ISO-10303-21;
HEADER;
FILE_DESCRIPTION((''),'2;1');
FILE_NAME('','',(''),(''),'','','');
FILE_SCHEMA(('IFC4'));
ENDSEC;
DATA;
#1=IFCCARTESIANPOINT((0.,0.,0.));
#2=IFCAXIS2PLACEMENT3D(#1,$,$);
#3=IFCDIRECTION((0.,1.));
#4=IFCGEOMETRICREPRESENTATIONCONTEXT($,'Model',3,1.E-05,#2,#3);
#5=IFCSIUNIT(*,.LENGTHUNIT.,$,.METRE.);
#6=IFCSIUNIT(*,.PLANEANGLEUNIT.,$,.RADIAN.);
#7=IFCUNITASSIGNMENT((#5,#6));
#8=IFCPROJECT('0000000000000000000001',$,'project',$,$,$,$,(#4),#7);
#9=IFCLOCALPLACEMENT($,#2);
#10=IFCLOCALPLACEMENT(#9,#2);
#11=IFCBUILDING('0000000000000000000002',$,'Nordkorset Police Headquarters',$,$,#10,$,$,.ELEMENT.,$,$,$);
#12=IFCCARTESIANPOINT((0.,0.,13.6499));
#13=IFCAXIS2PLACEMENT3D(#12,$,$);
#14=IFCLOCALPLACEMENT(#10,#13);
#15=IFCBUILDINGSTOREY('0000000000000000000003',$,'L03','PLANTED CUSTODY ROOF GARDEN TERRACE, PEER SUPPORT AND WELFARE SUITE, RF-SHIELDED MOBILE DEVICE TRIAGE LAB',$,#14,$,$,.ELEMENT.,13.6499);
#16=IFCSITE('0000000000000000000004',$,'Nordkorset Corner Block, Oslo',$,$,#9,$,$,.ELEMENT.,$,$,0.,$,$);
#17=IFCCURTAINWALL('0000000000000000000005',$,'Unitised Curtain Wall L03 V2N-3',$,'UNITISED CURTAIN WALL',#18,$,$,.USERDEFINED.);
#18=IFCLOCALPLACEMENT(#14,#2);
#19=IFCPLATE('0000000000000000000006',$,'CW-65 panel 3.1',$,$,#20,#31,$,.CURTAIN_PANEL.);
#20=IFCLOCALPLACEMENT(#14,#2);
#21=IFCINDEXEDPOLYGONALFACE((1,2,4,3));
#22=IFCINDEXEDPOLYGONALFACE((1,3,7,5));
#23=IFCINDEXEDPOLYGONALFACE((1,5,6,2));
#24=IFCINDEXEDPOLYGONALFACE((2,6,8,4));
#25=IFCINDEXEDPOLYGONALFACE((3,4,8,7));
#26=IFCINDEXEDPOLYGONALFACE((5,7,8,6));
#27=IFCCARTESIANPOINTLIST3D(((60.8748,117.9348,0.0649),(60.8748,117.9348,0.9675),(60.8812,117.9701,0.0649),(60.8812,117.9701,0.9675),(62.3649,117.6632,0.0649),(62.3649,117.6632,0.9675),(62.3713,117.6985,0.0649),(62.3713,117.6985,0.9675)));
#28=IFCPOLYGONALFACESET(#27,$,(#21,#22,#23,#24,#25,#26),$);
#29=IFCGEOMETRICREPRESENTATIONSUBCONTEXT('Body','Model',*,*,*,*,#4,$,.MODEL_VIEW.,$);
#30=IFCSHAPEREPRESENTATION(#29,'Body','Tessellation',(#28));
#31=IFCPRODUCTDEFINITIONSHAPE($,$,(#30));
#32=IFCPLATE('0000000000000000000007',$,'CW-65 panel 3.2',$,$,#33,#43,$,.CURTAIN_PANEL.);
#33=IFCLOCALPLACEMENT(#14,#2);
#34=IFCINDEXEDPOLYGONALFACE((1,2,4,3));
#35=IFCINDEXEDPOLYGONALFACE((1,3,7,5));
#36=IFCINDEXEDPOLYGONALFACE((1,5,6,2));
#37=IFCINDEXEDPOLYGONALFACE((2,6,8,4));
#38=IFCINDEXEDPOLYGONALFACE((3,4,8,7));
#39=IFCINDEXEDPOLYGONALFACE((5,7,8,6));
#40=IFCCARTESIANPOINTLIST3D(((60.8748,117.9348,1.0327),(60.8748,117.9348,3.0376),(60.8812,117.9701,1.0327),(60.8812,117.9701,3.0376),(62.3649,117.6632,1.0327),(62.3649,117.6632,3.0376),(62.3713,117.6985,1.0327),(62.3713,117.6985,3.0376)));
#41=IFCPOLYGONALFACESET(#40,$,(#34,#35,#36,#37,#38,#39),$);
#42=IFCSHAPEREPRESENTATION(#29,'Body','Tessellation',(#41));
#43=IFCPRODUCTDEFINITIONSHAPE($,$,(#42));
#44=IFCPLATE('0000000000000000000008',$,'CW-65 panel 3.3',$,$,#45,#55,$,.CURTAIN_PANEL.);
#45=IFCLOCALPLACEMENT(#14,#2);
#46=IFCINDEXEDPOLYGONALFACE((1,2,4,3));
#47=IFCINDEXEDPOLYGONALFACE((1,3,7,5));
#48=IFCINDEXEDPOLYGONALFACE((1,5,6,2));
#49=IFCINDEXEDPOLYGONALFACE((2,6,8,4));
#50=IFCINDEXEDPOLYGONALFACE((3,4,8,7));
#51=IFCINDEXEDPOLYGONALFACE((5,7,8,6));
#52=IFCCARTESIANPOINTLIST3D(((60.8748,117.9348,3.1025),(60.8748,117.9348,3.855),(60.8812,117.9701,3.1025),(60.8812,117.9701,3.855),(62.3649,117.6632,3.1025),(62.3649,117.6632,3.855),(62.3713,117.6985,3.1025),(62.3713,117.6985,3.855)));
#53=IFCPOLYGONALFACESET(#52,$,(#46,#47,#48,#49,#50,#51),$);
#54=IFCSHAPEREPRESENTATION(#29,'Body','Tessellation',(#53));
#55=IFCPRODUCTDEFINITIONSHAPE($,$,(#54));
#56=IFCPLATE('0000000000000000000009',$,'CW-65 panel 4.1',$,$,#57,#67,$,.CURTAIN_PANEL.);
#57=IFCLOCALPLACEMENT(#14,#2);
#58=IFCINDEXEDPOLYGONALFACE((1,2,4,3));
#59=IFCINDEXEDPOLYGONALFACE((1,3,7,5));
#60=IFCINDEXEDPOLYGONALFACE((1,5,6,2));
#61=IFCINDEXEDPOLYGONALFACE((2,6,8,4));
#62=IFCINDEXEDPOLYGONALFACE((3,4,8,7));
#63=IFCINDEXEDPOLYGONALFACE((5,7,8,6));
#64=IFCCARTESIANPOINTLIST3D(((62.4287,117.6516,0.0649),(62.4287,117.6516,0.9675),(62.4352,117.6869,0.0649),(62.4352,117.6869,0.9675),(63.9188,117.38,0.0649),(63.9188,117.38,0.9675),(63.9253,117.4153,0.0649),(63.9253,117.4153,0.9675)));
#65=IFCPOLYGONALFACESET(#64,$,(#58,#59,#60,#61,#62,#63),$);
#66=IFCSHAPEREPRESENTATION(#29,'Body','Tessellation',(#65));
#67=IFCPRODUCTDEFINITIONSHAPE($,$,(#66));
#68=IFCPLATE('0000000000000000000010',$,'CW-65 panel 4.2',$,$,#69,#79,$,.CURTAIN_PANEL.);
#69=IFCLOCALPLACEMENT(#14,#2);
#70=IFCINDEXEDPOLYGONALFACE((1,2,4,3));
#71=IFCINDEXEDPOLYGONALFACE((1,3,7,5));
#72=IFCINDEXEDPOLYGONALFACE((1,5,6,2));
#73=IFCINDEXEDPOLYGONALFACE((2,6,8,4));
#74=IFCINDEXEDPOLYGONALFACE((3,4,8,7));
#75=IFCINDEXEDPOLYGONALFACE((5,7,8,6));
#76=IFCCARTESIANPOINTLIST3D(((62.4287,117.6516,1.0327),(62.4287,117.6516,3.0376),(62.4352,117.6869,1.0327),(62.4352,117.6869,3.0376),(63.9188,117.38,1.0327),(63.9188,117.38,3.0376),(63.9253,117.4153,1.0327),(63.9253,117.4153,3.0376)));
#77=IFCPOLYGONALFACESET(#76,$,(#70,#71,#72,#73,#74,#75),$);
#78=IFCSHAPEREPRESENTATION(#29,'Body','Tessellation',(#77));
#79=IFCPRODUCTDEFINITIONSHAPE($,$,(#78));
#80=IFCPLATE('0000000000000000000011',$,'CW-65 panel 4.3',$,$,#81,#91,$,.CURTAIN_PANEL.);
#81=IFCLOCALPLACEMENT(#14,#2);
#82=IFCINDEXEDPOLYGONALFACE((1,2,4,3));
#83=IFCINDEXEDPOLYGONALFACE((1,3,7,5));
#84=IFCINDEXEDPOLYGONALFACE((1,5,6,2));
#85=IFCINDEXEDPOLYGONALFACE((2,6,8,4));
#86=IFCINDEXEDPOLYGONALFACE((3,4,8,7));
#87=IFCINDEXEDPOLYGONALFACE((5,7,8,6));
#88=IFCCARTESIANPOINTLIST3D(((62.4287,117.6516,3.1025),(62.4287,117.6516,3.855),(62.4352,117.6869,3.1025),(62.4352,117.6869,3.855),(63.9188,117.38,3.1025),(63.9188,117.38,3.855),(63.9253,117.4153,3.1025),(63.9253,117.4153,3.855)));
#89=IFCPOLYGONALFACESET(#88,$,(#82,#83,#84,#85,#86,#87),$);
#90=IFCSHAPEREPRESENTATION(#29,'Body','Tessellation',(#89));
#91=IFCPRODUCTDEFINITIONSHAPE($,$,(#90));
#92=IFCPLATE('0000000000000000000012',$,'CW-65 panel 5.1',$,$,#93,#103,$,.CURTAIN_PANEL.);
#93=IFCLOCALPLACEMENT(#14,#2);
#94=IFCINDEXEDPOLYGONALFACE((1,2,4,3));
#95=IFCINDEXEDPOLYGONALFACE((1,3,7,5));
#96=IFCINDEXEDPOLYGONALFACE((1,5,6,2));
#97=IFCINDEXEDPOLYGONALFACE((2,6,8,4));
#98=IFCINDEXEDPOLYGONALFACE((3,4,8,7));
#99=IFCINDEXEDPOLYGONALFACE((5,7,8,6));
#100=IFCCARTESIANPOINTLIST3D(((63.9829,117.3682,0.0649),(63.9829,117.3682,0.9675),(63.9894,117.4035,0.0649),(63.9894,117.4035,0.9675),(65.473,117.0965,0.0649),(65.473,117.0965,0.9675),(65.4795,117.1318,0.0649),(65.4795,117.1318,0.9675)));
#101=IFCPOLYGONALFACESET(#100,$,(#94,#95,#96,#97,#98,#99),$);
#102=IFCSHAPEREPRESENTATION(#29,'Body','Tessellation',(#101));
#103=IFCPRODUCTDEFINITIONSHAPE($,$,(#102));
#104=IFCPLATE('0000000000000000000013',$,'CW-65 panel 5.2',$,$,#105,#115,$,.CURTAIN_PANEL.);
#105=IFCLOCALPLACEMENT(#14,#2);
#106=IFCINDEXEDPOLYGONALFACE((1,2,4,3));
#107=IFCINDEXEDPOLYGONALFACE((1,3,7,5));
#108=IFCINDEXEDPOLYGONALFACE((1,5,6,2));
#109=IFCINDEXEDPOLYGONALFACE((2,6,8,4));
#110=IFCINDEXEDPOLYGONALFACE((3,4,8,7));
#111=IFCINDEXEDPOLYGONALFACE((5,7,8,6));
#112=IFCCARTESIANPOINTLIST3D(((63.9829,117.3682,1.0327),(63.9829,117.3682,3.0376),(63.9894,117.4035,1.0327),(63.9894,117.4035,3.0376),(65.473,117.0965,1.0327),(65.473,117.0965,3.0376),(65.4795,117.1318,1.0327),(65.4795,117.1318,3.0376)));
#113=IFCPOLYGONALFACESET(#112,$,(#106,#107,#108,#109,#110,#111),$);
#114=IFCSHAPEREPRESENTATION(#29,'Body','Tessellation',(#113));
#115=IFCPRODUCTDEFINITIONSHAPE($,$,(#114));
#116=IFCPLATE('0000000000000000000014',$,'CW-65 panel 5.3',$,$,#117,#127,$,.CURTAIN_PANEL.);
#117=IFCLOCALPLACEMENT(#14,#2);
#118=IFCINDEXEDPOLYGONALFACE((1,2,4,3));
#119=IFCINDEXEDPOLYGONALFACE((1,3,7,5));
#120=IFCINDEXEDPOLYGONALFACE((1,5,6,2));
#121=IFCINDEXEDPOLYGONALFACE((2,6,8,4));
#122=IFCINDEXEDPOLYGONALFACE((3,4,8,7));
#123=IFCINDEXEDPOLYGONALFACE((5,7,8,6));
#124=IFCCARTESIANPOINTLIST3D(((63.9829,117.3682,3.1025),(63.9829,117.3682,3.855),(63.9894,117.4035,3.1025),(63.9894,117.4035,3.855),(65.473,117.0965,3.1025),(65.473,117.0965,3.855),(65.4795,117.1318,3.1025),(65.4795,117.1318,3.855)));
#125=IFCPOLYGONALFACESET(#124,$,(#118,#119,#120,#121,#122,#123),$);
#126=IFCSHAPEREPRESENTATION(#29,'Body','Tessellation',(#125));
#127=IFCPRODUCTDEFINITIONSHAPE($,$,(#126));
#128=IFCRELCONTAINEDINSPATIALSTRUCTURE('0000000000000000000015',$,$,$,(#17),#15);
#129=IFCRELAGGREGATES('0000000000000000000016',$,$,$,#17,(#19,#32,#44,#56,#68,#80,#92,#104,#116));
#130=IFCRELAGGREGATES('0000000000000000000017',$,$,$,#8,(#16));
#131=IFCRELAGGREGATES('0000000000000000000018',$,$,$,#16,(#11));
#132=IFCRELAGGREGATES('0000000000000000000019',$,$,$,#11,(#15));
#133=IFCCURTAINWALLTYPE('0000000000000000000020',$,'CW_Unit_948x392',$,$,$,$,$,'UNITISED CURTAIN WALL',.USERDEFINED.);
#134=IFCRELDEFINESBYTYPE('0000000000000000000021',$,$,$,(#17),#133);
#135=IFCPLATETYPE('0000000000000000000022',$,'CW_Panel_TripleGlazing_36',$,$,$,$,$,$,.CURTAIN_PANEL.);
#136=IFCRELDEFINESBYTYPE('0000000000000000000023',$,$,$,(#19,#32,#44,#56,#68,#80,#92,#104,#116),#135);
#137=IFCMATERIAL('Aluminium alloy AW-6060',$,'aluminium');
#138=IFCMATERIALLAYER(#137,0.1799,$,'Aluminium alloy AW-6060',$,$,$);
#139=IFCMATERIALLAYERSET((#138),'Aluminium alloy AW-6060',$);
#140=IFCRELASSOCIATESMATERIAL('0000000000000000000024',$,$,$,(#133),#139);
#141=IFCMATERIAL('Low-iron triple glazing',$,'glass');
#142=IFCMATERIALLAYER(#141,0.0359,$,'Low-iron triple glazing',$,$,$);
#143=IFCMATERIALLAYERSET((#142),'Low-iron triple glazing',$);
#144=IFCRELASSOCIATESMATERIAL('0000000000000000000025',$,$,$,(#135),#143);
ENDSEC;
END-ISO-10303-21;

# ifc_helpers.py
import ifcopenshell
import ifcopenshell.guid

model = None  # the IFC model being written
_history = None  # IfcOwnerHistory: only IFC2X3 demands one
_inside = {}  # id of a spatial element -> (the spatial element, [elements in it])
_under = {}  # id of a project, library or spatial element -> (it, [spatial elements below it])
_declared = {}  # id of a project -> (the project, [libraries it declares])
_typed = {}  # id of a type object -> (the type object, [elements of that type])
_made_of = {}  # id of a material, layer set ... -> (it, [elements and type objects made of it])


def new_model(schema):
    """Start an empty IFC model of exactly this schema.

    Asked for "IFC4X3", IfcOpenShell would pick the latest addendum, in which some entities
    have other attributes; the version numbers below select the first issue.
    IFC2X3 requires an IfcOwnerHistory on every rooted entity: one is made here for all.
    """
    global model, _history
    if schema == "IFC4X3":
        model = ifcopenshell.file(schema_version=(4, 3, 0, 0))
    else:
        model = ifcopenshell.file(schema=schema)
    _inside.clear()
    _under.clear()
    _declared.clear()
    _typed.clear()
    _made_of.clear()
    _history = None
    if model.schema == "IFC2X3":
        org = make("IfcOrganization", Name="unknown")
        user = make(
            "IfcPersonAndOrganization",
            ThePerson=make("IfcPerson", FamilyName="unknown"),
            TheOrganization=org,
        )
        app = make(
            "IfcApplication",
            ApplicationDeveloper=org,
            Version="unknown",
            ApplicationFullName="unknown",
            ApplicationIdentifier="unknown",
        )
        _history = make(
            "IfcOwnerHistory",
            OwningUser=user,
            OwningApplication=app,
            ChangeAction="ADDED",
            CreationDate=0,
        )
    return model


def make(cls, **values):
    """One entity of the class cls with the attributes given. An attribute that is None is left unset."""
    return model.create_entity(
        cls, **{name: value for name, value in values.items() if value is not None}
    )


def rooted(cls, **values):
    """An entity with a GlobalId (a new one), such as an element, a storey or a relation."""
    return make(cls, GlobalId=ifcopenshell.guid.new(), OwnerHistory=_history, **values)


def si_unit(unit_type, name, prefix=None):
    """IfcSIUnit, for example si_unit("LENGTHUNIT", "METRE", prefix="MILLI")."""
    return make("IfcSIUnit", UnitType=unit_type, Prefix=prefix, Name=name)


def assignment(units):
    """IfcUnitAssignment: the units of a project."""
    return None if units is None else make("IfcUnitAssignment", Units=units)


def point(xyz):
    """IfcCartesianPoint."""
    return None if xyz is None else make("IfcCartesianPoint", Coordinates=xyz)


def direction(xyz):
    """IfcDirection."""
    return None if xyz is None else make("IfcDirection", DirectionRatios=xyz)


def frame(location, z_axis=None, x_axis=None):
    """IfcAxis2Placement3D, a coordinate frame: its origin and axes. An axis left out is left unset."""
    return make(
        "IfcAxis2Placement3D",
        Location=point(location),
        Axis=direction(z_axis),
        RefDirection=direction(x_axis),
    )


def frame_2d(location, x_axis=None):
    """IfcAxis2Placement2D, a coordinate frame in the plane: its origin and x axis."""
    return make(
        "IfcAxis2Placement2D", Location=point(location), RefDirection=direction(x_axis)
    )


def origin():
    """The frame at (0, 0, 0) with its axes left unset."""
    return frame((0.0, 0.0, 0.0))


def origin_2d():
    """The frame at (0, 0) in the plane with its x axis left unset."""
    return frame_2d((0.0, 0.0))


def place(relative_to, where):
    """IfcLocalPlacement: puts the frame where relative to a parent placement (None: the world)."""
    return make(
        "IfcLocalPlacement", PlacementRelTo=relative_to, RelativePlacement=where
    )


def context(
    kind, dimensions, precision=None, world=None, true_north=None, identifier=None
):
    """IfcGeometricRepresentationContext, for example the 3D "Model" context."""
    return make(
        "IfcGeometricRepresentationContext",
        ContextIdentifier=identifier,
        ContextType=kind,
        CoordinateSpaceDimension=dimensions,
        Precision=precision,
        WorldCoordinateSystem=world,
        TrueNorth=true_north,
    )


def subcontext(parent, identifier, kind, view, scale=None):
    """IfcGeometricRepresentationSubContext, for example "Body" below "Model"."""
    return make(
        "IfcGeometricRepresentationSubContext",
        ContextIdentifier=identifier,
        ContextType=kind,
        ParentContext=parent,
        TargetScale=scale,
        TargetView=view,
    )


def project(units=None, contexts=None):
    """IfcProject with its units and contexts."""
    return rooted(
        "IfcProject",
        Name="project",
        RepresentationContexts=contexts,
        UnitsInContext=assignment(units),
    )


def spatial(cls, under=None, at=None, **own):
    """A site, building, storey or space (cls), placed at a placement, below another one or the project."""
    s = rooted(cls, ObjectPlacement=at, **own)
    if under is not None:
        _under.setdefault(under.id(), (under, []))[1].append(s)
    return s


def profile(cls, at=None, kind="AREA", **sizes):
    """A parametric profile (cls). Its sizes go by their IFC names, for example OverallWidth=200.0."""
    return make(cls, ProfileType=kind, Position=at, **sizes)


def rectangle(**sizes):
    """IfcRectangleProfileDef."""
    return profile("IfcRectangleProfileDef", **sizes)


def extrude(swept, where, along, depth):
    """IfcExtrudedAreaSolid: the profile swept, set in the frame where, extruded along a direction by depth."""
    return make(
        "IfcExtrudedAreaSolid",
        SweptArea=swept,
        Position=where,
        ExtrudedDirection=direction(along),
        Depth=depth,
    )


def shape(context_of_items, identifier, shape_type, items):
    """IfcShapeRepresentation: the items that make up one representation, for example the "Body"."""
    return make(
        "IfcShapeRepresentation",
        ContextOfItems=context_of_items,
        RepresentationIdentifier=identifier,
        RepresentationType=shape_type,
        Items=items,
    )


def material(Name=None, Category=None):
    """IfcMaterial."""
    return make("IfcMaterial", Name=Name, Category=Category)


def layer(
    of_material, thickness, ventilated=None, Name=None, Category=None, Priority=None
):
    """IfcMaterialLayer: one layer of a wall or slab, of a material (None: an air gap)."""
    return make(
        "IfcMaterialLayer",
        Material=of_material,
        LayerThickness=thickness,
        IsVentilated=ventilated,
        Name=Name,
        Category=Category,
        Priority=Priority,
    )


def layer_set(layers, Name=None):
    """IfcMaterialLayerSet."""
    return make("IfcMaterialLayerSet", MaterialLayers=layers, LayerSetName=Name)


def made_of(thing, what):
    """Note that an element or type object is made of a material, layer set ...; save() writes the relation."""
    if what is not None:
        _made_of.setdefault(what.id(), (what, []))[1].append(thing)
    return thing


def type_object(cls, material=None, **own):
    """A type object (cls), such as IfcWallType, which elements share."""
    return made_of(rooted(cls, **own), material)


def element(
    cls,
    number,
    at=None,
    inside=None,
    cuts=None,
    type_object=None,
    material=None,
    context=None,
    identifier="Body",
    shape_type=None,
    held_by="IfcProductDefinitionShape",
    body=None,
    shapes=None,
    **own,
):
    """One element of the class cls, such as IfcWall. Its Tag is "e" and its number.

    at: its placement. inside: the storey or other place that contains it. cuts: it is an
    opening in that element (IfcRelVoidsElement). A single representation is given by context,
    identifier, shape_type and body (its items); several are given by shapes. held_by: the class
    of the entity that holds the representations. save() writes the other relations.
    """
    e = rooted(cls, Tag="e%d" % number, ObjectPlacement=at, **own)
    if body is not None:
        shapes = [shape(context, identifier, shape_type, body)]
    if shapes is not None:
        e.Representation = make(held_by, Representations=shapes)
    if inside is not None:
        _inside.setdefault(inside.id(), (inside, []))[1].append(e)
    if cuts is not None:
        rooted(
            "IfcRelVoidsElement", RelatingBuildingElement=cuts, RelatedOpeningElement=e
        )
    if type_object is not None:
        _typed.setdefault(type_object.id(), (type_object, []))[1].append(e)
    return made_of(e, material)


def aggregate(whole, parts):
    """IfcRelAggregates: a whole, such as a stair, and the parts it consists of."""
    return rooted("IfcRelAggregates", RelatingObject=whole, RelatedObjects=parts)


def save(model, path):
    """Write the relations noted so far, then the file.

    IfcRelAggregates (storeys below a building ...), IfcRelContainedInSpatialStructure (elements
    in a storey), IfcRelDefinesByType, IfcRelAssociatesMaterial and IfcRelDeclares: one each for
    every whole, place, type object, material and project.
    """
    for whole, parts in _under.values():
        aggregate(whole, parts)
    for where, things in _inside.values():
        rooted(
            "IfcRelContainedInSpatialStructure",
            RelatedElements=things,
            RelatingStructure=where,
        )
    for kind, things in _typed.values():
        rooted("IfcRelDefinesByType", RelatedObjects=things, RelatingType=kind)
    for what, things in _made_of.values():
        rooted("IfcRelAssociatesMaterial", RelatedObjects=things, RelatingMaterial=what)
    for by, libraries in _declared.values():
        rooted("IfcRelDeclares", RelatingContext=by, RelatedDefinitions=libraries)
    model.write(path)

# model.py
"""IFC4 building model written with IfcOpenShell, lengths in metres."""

from ifc_helpers import new_model, si_unit, direction, frame, origin, origin_2d, place, context, subcontext, project, spatial, rectangle, extrude, material, layer, layer_set, type_object, element, aggregate, save


model = new_model("IFC4")

# Units and contexts
model_context = context("Model", 3, precision=1e-05, world=origin(), true_north=direction((0.0, 1.0)))
body_context = subcontext(model_context, "Body", "Model", "MODEL_VIEW")
ifc_project = project(units=[si_unit("LENGTHUNIT", "METRE"), si_unit("PLANEANGLEUNIT", "RADIAN")], contexts=[model_context])

# Site, building, storey
site_placement = place(None, origin())
site = spatial("IfcSite", under=ifc_project, at=site_placement, Name="Nordkorset Corner Block, Oslo", CompositionType="ELEMENT", RefElevation=0.0)
building_placement = place(site_placement, origin())
building = spatial("IfcBuilding", under=site, at=building_placement, Name="Nordkorset Police Headquarters", CompositionType="ELEMENT")
storey_placement = place(building_placement, frame((0.0, 0.0, 13.6499)))
storey = spatial("IfcBuildingStorey", under=building, at=storey_placement, Name="L03", Description="PLANTED CUSTODY ROOF GARDEN TERRACE, PEER SUPPORT AND WELFARE SUITE, RF-SHIELDED MOBILE DEVICE TRIAGE LAB", CompositionType="ELEMENT", Elevation=13.6499)

# Curtain wall, plates
ifc_material_1 = material(Name="Aluminium alloy AW-6060", Category="aluminium")
ifc_layer_1 = layer(ifc_material_1, 0.1799, Name="Aluminium alloy AW-6060")
ifc_layer_set_1 = layer_set([ifc_layer_1], Name="Aluminium alloy AW-6060")
curtain_wall_type = type_object("IfcCurtainWallType", Name="CW_Unit_948x392", ElementType="UNITISED CURTAIN WALL", PredefinedType="USERDEFINED", material=ifc_layer_set_1)
curtain_wall_placement = place(storey_placement, origin())
curtain_wall = element("IfcCurtainWall", 1, at=curtain_wall_placement, inside=storey, type_object=curtain_wall_type, Name="Unitised Curtain Wall L03 V2N-3", ObjectType="UNITISED CURTAIN WALL", PredefinedType="USERDEFINED")
ifc_material_2 = material(Name="Low-iron triple glazing", Category="glass")
ifc_layer_2 = layer(ifc_material_2, 0.0359, Name="Low-iron triple glazing")
ifc_layer_set_2 = layer_set([ifc_layer_2], Name="Low-iron triple glazing")
plate_type = type_object("IfcPlateType", Name="CW_Panel_TripleGlazing_36", PredefinedType="CURTAIN_PANEL", material=ifc_layer_set_2)
plate_1_placement = place(storey_placement, frame((61.623, 117.8167, 0.0649), z_axis=(0.0, 0.0, 1.0), x_axis=(0.983788, -0.179336, 0.0)))
plate_1 = element("IfcPlate", 2, at=plate_1_placement, type_object=plate_type, Name="CW-65 panel 3.1", PredefinedType="CURTAIN_PANEL", context=body_context, shape_type="SweptSolid", body=[
    extrude(rectangle(XDim=1.5146, YDim=0.0359, at=origin_2d()), origin(), (0.0, 0.0, 1.0), 0.9026),
])
plate_2_placement = place(storey_placement, frame((61.623, 117.8167, 1.0327), z_axis=(0.0, 0.0, 1.0), x_axis=(0.983788, -0.179336, 0.0)))
plate_2 = element("IfcPlate", 3, at=plate_2_placement, type_object=plate_type, Name="CW-65 panel 3.2", PredefinedType="CURTAIN_PANEL", context=body_context, shape_type="SweptSolid", body=[
    extrude(rectangle(XDim=1.5146, YDim=0.0359, at=origin_2d()), origin(), (0.0, 0.0, 1.0), 2.0049),
])
plate_3_placement = place(storey_placement, frame((61.623, 117.8167, 3.1025), z_axis=(0.0, 0.0, 1.0), x_axis=(0.983788, -0.179336, 0.0)))
plate_3 = element("IfcPlate", 4, at=plate_3_placement, type_object=plate_type, Name="CW-65 panel 3.3", PredefinedType="CURTAIN_PANEL", context=body_context, shape_type="SweptSolid", body=[
    extrude(rectangle(XDim=1.5146, YDim=0.0359, at=origin_2d()), origin(), (0.0, 0.0, 1.0), 0.7524),
])
plate_4_placement = place(storey_placement, frame((63.177, 117.5334, 0.0649), z_axis=(0.0, 0.0, 1.0), x_axis=(0.983788, -0.179336, 0.0)))
plate_4 = element("IfcPlate", 5, at=plate_4_placement, type_object=plate_type, Name="CW-65 panel 4.1", PredefinedType="CURTAIN_PANEL", context=body_context, shape_type="SweptSolid", body=[
    extrude(rectangle(XDim=1.5146, YDim=0.0359, at=origin_2d()), origin(), (0.0, 0.0, 1.0), 0.9026),
])
plate_5_placement = place(storey_placement, frame((63.177, 117.5334, 1.0327), z_axis=(0.0, 0.0, 1.0), x_axis=(0.983788, -0.179336, 0.0)))
plate_5 = element("IfcPlate", 6, at=plate_5_placement, type_object=plate_type, Name="CW-65 panel 4.2", PredefinedType="CURTAIN_PANEL", context=body_context, shape_type="SweptSolid", body=[
    extrude(rectangle(XDim=1.5146, YDim=0.0359, at=origin_2d()), origin(), (0.0, 0.0, 1.0), 2.0049),
])
plate_6_placement = place(storey_placement, frame((63.177, 117.5334, 3.1025), z_axis=(0.0, 0.0, 1.0), x_axis=(0.983788, -0.179336, 0.0)))
plate_6 = element("IfcPlate", 7, at=plate_6_placement, type_object=plate_type, Name="CW-65 panel 4.3", PredefinedType="CURTAIN_PANEL", context=body_context, shape_type="SweptSolid", body=[
    extrude(rectangle(XDim=1.5146, YDim=0.0359, at=origin_2d()), origin(), (0.0, 0.0, 1.0), 0.7524),
])
plate_7_placement = place(storey_placement, frame((64.7312, 117.25, 0.0649), z_axis=(0.0, 0.0, 1.0), x_axis=(0.983788, -0.179336, 0.0)))
plate_7 = element("IfcPlate", 8, at=plate_7_placement, type_object=plate_type, Name="CW-65 panel 5.1", PredefinedType="CURTAIN_PANEL", context=body_context, shape_type="SweptSolid", body=[
    extrude(rectangle(XDim=1.5146, YDim=0.0359, at=origin_2d()), origin(), (0.0, 0.0, 1.0), 0.9026),
])
plate_8_placement = place(storey_placement, frame((64.7312, 117.25, 1.0327), z_axis=(0.0, 0.0, 1.0), x_axis=(0.983788, -0.179336, 0.0)))
plate_8 = element("IfcPlate", 9, at=plate_8_placement, type_object=plate_type, Name="CW-65 panel 5.2", PredefinedType="CURTAIN_PANEL", context=body_context, shape_type="SweptSolid", body=[
    extrude(rectangle(XDim=1.5146, YDim=0.0359, at=origin_2d()), origin(), (0.0, 0.0, 1.0), 2.0049),
])
plate_9_placement = place(storey_placement, frame((64.7312, 117.25, 3.1025), z_axis=(0.0, 0.0, 1.0), x_axis=(0.983788, -0.179336, 0.0)))
plate_9 = element("IfcPlate", 10, at=plate_9_placement, type_object=plate_type, Name="CW-65 panel 5.3", PredefinedType="CURTAIN_PANEL", context=body_context, shape_type="SweptSolid", body=[
    extrude(rectangle(XDim=1.5146, YDim=0.0359, at=origin_2d()), origin(), (0.0, 0.0, 1.0), 0.7524),
])
aggregate(curtain_wall, [plate_1, plate_2, plate_3, plate_4, plate_5, plate_6, plate_7, plate_8, plate_9])

save(model, "model.ifc")
